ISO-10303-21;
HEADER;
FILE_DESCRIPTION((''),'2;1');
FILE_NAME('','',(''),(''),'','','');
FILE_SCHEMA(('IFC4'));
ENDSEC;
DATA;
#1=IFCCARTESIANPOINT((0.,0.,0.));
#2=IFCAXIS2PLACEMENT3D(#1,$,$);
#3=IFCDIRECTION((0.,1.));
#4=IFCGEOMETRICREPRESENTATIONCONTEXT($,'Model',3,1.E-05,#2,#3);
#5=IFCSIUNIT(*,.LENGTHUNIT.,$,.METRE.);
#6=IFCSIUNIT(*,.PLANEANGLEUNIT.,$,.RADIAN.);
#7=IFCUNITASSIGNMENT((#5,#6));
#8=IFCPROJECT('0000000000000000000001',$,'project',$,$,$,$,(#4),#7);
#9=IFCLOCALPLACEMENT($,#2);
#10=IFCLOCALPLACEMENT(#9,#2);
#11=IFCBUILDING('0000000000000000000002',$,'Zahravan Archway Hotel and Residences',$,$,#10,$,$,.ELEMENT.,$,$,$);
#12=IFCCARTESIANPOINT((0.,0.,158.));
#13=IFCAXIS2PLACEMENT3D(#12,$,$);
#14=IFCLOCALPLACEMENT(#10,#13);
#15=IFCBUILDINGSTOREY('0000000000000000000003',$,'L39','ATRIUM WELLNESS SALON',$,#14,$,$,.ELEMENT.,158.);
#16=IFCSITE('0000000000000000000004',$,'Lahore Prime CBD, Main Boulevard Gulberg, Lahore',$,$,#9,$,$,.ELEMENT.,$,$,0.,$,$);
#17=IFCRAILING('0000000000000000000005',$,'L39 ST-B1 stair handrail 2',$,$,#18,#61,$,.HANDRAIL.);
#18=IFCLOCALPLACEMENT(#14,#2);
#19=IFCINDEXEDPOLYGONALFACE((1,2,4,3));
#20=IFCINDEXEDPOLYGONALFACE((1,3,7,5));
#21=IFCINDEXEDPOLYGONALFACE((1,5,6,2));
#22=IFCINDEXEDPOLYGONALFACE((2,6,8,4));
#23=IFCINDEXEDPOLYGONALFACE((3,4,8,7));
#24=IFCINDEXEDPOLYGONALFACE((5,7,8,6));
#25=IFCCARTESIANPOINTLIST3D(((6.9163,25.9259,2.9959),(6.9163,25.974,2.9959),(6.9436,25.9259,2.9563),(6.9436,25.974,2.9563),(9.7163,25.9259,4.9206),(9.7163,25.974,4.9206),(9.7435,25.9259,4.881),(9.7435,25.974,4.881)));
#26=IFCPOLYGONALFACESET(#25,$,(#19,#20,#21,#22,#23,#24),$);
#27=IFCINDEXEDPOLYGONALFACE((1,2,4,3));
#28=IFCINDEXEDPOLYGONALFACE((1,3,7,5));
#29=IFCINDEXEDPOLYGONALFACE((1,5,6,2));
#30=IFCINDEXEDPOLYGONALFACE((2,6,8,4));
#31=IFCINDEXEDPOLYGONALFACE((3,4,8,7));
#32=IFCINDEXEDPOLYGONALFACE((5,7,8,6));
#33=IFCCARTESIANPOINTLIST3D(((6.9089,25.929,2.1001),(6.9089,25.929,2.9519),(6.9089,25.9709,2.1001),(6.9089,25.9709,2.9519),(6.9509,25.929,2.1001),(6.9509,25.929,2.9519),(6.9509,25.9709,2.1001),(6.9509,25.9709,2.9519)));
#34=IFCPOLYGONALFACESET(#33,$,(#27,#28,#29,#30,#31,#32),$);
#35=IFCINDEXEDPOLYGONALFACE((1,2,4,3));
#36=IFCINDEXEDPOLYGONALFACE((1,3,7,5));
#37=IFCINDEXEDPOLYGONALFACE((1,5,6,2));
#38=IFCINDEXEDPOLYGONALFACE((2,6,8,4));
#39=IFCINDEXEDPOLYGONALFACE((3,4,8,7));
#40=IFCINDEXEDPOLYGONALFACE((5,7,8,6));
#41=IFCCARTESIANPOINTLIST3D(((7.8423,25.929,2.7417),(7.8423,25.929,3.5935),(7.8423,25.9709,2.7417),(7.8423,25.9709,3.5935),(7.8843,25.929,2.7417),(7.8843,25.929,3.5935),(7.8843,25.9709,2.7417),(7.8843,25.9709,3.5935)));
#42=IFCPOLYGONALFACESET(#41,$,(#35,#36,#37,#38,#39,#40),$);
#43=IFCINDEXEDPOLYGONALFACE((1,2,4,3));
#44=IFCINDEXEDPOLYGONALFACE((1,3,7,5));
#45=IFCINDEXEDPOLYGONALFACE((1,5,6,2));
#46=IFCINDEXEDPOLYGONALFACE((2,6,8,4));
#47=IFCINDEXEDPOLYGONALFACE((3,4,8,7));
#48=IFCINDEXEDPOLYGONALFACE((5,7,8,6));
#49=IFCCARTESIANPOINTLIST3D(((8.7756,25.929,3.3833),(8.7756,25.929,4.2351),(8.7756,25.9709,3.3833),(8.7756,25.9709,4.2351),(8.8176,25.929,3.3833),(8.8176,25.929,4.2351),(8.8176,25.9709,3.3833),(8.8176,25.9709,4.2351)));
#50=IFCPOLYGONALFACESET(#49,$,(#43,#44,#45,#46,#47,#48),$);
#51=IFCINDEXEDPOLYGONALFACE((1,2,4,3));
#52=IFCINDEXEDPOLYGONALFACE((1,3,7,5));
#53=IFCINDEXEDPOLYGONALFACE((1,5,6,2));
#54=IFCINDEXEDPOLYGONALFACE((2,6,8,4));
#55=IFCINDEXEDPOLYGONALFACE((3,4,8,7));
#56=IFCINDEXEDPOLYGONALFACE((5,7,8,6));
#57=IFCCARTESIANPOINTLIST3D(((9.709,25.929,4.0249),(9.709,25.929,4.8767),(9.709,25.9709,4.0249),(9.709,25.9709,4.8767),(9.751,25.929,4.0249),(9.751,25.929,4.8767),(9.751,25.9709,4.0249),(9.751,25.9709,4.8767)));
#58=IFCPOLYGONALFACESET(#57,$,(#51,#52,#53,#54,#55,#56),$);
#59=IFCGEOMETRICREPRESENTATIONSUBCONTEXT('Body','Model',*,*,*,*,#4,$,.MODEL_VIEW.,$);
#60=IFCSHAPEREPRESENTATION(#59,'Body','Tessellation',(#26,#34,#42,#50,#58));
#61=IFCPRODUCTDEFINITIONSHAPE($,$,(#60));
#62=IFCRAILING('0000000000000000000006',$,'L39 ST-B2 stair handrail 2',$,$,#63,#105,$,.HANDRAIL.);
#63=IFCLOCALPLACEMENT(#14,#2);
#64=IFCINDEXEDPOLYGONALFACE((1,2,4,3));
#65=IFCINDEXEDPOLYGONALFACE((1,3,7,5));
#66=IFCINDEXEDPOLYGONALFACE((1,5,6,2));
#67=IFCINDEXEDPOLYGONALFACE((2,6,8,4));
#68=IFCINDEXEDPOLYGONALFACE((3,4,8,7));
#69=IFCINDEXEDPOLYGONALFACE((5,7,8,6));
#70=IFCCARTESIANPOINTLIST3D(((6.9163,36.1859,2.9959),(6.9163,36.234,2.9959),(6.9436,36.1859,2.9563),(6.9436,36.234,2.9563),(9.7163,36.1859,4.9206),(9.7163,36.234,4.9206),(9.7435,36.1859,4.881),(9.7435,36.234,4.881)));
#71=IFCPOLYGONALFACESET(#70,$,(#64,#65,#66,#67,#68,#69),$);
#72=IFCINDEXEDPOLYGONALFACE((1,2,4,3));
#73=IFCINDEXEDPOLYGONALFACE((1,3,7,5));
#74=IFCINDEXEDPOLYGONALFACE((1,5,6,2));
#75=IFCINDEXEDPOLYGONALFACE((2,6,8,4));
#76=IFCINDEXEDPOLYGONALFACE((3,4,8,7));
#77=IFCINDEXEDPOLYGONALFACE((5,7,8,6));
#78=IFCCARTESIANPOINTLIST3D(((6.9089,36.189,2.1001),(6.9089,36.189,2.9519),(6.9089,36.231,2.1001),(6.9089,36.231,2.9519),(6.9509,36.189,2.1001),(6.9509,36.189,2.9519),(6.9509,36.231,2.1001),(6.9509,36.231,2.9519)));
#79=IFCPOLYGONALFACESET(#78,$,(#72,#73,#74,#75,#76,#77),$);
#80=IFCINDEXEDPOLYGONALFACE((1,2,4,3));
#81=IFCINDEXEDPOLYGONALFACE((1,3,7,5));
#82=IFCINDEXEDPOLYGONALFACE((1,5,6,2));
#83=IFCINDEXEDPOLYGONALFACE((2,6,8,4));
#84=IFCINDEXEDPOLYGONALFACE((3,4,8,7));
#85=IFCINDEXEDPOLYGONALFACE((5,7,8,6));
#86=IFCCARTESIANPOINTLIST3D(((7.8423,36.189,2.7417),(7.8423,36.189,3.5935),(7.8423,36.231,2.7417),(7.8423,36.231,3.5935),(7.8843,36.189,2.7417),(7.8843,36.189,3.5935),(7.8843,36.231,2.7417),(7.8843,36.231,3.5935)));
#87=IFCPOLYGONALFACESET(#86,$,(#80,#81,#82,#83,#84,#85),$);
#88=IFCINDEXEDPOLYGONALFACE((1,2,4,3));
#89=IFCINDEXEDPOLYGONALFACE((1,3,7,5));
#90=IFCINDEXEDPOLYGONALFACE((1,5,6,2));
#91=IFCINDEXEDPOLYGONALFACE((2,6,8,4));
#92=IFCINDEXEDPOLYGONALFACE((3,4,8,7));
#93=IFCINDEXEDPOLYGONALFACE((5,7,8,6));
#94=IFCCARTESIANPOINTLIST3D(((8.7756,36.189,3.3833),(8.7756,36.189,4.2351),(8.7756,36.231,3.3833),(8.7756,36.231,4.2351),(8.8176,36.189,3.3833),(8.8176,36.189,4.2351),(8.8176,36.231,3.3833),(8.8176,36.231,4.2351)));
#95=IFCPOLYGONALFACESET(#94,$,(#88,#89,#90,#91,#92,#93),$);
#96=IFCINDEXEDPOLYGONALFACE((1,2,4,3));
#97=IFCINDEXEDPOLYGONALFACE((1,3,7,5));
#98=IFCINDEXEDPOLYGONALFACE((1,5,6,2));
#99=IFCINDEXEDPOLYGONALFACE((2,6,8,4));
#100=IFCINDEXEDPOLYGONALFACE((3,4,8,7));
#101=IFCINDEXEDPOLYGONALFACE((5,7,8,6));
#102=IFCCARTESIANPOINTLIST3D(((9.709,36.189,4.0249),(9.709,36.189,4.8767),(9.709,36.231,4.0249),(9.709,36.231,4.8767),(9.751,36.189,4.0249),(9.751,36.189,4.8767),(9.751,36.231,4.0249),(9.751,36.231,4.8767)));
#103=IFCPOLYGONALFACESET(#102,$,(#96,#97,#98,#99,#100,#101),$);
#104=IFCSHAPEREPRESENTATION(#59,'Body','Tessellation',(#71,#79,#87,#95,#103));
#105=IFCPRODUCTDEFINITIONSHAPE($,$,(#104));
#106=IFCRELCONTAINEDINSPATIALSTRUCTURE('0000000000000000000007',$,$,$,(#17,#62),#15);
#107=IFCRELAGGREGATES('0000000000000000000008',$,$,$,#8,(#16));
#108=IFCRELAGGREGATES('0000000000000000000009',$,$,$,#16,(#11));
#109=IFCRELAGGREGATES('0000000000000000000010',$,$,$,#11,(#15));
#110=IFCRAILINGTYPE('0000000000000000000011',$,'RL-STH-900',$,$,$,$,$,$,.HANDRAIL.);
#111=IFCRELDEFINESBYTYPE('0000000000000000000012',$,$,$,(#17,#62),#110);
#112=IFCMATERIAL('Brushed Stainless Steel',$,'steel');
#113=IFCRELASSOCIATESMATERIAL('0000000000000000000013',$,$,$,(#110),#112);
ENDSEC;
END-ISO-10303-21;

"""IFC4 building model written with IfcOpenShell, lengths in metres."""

from ifc_helpers import new_model, si_unit, direction, frame, origin, origin_2d, place, context, subcontext, project, spatial, rectangle, extrude, material, type_object, element, save


model = new_model("IFC4")

# Units and contexts
model_context = context("Model", 3, precision=1e-05, world=origin(), true_north=direction((0.0, 1.0)))
body_context = subcontext(model_context, "Body", "Model", "MODEL_VIEW")
ifc_project = project(units=[si_unit("LENGTHUNIT", "METRE"), si_unit("PLANEANGLEUNIT", "RADIAN")], contexts=[model_context])

# Site, building, storey
site_placement = place(None, origin())
site = spatial("IfcSite", under=ifc_project, at=site_placement, Name="Lahore Prime CBD, Main Boulevard Gulberg, Lahore", CompositionType="ELEMENT", RefElevation=0.0)
building_placement = place(site_placement, origin())
building = spatial("IfcBuilding", under=site, at=building_placement, Name="Zahravan Archway Hotel and Residences", CompositionType="ELEMENT")
storey_placement = place(building_placement, frame((0.0, 0.0, 158.0)))
storey = spatial("IfcBuildingStorey", under=building, at=storey_placement, Name="L39", Description="ATRIUM WELLNESS SALON", CompositionType="ELEMENT", Elevation=158.0)

# Shared definitions
ifc_material_1 = material(Name="Brushed Stainless Steel", Category="steel")

# Railings
railing_type_1 = type_object("IfcRailingType", Name="RL-STH-900", PredefinedType="HANDRAIL", material=ifc_material_1)
for number, where, name in (
    (1, (6.9299, 25.95, 2.1001), "L39 ST-B1 stair handrail 2"),
    (2, (6.9299, 36.21, 2.1001), "L39 ST-B2 stair handrail 2"),
):
    element("IfcRailing", number, at=place(storey_placement, frame(where)), inside=storey, type_object=railing_type_1, Name=name, PredefinedType="HANDRAIL", context=body_context, shape_type="SweptSolid", body=[
        extrude(rectangle(XDim=0.0481, YDim=0.0481, at=origin_2d()), frame((0.0, 0.0, 0.876), z_axis=(0.824073, 0.0, 0.566483), x_axis=(0.0, 1.0, 0.0)), (0.0, 0.0, 1.0), 3.3977),
        extrude(rectangle(XDim=0.042, YDim=0.042, at=origin_2d()), origin(), (0.0, 0.0, 1.0), 0.8518),
        extrude(rectangle(XDim=0.042, YDim=0.042, at=origin_2d()), frame((0.9333, 0.0, 0.6416)), (0.0, 0.0, 1.0), 0.8518),
        extrude(rectangle(XDim=0.042, YDim=0.042, at=origin_2d()), frame((1.8667, 0.0, 1.2832)), (0.0, 0.0, 1.0), 0.8518),
        extrude(rectangle(XDim=0.042, YDim=0.042, at=origin_2d()), frame((2.8, 0.0, 1.9248)), (0.0, 0.0, 1.0), 0.8518),
    ])

save(model, "model.ifc")
